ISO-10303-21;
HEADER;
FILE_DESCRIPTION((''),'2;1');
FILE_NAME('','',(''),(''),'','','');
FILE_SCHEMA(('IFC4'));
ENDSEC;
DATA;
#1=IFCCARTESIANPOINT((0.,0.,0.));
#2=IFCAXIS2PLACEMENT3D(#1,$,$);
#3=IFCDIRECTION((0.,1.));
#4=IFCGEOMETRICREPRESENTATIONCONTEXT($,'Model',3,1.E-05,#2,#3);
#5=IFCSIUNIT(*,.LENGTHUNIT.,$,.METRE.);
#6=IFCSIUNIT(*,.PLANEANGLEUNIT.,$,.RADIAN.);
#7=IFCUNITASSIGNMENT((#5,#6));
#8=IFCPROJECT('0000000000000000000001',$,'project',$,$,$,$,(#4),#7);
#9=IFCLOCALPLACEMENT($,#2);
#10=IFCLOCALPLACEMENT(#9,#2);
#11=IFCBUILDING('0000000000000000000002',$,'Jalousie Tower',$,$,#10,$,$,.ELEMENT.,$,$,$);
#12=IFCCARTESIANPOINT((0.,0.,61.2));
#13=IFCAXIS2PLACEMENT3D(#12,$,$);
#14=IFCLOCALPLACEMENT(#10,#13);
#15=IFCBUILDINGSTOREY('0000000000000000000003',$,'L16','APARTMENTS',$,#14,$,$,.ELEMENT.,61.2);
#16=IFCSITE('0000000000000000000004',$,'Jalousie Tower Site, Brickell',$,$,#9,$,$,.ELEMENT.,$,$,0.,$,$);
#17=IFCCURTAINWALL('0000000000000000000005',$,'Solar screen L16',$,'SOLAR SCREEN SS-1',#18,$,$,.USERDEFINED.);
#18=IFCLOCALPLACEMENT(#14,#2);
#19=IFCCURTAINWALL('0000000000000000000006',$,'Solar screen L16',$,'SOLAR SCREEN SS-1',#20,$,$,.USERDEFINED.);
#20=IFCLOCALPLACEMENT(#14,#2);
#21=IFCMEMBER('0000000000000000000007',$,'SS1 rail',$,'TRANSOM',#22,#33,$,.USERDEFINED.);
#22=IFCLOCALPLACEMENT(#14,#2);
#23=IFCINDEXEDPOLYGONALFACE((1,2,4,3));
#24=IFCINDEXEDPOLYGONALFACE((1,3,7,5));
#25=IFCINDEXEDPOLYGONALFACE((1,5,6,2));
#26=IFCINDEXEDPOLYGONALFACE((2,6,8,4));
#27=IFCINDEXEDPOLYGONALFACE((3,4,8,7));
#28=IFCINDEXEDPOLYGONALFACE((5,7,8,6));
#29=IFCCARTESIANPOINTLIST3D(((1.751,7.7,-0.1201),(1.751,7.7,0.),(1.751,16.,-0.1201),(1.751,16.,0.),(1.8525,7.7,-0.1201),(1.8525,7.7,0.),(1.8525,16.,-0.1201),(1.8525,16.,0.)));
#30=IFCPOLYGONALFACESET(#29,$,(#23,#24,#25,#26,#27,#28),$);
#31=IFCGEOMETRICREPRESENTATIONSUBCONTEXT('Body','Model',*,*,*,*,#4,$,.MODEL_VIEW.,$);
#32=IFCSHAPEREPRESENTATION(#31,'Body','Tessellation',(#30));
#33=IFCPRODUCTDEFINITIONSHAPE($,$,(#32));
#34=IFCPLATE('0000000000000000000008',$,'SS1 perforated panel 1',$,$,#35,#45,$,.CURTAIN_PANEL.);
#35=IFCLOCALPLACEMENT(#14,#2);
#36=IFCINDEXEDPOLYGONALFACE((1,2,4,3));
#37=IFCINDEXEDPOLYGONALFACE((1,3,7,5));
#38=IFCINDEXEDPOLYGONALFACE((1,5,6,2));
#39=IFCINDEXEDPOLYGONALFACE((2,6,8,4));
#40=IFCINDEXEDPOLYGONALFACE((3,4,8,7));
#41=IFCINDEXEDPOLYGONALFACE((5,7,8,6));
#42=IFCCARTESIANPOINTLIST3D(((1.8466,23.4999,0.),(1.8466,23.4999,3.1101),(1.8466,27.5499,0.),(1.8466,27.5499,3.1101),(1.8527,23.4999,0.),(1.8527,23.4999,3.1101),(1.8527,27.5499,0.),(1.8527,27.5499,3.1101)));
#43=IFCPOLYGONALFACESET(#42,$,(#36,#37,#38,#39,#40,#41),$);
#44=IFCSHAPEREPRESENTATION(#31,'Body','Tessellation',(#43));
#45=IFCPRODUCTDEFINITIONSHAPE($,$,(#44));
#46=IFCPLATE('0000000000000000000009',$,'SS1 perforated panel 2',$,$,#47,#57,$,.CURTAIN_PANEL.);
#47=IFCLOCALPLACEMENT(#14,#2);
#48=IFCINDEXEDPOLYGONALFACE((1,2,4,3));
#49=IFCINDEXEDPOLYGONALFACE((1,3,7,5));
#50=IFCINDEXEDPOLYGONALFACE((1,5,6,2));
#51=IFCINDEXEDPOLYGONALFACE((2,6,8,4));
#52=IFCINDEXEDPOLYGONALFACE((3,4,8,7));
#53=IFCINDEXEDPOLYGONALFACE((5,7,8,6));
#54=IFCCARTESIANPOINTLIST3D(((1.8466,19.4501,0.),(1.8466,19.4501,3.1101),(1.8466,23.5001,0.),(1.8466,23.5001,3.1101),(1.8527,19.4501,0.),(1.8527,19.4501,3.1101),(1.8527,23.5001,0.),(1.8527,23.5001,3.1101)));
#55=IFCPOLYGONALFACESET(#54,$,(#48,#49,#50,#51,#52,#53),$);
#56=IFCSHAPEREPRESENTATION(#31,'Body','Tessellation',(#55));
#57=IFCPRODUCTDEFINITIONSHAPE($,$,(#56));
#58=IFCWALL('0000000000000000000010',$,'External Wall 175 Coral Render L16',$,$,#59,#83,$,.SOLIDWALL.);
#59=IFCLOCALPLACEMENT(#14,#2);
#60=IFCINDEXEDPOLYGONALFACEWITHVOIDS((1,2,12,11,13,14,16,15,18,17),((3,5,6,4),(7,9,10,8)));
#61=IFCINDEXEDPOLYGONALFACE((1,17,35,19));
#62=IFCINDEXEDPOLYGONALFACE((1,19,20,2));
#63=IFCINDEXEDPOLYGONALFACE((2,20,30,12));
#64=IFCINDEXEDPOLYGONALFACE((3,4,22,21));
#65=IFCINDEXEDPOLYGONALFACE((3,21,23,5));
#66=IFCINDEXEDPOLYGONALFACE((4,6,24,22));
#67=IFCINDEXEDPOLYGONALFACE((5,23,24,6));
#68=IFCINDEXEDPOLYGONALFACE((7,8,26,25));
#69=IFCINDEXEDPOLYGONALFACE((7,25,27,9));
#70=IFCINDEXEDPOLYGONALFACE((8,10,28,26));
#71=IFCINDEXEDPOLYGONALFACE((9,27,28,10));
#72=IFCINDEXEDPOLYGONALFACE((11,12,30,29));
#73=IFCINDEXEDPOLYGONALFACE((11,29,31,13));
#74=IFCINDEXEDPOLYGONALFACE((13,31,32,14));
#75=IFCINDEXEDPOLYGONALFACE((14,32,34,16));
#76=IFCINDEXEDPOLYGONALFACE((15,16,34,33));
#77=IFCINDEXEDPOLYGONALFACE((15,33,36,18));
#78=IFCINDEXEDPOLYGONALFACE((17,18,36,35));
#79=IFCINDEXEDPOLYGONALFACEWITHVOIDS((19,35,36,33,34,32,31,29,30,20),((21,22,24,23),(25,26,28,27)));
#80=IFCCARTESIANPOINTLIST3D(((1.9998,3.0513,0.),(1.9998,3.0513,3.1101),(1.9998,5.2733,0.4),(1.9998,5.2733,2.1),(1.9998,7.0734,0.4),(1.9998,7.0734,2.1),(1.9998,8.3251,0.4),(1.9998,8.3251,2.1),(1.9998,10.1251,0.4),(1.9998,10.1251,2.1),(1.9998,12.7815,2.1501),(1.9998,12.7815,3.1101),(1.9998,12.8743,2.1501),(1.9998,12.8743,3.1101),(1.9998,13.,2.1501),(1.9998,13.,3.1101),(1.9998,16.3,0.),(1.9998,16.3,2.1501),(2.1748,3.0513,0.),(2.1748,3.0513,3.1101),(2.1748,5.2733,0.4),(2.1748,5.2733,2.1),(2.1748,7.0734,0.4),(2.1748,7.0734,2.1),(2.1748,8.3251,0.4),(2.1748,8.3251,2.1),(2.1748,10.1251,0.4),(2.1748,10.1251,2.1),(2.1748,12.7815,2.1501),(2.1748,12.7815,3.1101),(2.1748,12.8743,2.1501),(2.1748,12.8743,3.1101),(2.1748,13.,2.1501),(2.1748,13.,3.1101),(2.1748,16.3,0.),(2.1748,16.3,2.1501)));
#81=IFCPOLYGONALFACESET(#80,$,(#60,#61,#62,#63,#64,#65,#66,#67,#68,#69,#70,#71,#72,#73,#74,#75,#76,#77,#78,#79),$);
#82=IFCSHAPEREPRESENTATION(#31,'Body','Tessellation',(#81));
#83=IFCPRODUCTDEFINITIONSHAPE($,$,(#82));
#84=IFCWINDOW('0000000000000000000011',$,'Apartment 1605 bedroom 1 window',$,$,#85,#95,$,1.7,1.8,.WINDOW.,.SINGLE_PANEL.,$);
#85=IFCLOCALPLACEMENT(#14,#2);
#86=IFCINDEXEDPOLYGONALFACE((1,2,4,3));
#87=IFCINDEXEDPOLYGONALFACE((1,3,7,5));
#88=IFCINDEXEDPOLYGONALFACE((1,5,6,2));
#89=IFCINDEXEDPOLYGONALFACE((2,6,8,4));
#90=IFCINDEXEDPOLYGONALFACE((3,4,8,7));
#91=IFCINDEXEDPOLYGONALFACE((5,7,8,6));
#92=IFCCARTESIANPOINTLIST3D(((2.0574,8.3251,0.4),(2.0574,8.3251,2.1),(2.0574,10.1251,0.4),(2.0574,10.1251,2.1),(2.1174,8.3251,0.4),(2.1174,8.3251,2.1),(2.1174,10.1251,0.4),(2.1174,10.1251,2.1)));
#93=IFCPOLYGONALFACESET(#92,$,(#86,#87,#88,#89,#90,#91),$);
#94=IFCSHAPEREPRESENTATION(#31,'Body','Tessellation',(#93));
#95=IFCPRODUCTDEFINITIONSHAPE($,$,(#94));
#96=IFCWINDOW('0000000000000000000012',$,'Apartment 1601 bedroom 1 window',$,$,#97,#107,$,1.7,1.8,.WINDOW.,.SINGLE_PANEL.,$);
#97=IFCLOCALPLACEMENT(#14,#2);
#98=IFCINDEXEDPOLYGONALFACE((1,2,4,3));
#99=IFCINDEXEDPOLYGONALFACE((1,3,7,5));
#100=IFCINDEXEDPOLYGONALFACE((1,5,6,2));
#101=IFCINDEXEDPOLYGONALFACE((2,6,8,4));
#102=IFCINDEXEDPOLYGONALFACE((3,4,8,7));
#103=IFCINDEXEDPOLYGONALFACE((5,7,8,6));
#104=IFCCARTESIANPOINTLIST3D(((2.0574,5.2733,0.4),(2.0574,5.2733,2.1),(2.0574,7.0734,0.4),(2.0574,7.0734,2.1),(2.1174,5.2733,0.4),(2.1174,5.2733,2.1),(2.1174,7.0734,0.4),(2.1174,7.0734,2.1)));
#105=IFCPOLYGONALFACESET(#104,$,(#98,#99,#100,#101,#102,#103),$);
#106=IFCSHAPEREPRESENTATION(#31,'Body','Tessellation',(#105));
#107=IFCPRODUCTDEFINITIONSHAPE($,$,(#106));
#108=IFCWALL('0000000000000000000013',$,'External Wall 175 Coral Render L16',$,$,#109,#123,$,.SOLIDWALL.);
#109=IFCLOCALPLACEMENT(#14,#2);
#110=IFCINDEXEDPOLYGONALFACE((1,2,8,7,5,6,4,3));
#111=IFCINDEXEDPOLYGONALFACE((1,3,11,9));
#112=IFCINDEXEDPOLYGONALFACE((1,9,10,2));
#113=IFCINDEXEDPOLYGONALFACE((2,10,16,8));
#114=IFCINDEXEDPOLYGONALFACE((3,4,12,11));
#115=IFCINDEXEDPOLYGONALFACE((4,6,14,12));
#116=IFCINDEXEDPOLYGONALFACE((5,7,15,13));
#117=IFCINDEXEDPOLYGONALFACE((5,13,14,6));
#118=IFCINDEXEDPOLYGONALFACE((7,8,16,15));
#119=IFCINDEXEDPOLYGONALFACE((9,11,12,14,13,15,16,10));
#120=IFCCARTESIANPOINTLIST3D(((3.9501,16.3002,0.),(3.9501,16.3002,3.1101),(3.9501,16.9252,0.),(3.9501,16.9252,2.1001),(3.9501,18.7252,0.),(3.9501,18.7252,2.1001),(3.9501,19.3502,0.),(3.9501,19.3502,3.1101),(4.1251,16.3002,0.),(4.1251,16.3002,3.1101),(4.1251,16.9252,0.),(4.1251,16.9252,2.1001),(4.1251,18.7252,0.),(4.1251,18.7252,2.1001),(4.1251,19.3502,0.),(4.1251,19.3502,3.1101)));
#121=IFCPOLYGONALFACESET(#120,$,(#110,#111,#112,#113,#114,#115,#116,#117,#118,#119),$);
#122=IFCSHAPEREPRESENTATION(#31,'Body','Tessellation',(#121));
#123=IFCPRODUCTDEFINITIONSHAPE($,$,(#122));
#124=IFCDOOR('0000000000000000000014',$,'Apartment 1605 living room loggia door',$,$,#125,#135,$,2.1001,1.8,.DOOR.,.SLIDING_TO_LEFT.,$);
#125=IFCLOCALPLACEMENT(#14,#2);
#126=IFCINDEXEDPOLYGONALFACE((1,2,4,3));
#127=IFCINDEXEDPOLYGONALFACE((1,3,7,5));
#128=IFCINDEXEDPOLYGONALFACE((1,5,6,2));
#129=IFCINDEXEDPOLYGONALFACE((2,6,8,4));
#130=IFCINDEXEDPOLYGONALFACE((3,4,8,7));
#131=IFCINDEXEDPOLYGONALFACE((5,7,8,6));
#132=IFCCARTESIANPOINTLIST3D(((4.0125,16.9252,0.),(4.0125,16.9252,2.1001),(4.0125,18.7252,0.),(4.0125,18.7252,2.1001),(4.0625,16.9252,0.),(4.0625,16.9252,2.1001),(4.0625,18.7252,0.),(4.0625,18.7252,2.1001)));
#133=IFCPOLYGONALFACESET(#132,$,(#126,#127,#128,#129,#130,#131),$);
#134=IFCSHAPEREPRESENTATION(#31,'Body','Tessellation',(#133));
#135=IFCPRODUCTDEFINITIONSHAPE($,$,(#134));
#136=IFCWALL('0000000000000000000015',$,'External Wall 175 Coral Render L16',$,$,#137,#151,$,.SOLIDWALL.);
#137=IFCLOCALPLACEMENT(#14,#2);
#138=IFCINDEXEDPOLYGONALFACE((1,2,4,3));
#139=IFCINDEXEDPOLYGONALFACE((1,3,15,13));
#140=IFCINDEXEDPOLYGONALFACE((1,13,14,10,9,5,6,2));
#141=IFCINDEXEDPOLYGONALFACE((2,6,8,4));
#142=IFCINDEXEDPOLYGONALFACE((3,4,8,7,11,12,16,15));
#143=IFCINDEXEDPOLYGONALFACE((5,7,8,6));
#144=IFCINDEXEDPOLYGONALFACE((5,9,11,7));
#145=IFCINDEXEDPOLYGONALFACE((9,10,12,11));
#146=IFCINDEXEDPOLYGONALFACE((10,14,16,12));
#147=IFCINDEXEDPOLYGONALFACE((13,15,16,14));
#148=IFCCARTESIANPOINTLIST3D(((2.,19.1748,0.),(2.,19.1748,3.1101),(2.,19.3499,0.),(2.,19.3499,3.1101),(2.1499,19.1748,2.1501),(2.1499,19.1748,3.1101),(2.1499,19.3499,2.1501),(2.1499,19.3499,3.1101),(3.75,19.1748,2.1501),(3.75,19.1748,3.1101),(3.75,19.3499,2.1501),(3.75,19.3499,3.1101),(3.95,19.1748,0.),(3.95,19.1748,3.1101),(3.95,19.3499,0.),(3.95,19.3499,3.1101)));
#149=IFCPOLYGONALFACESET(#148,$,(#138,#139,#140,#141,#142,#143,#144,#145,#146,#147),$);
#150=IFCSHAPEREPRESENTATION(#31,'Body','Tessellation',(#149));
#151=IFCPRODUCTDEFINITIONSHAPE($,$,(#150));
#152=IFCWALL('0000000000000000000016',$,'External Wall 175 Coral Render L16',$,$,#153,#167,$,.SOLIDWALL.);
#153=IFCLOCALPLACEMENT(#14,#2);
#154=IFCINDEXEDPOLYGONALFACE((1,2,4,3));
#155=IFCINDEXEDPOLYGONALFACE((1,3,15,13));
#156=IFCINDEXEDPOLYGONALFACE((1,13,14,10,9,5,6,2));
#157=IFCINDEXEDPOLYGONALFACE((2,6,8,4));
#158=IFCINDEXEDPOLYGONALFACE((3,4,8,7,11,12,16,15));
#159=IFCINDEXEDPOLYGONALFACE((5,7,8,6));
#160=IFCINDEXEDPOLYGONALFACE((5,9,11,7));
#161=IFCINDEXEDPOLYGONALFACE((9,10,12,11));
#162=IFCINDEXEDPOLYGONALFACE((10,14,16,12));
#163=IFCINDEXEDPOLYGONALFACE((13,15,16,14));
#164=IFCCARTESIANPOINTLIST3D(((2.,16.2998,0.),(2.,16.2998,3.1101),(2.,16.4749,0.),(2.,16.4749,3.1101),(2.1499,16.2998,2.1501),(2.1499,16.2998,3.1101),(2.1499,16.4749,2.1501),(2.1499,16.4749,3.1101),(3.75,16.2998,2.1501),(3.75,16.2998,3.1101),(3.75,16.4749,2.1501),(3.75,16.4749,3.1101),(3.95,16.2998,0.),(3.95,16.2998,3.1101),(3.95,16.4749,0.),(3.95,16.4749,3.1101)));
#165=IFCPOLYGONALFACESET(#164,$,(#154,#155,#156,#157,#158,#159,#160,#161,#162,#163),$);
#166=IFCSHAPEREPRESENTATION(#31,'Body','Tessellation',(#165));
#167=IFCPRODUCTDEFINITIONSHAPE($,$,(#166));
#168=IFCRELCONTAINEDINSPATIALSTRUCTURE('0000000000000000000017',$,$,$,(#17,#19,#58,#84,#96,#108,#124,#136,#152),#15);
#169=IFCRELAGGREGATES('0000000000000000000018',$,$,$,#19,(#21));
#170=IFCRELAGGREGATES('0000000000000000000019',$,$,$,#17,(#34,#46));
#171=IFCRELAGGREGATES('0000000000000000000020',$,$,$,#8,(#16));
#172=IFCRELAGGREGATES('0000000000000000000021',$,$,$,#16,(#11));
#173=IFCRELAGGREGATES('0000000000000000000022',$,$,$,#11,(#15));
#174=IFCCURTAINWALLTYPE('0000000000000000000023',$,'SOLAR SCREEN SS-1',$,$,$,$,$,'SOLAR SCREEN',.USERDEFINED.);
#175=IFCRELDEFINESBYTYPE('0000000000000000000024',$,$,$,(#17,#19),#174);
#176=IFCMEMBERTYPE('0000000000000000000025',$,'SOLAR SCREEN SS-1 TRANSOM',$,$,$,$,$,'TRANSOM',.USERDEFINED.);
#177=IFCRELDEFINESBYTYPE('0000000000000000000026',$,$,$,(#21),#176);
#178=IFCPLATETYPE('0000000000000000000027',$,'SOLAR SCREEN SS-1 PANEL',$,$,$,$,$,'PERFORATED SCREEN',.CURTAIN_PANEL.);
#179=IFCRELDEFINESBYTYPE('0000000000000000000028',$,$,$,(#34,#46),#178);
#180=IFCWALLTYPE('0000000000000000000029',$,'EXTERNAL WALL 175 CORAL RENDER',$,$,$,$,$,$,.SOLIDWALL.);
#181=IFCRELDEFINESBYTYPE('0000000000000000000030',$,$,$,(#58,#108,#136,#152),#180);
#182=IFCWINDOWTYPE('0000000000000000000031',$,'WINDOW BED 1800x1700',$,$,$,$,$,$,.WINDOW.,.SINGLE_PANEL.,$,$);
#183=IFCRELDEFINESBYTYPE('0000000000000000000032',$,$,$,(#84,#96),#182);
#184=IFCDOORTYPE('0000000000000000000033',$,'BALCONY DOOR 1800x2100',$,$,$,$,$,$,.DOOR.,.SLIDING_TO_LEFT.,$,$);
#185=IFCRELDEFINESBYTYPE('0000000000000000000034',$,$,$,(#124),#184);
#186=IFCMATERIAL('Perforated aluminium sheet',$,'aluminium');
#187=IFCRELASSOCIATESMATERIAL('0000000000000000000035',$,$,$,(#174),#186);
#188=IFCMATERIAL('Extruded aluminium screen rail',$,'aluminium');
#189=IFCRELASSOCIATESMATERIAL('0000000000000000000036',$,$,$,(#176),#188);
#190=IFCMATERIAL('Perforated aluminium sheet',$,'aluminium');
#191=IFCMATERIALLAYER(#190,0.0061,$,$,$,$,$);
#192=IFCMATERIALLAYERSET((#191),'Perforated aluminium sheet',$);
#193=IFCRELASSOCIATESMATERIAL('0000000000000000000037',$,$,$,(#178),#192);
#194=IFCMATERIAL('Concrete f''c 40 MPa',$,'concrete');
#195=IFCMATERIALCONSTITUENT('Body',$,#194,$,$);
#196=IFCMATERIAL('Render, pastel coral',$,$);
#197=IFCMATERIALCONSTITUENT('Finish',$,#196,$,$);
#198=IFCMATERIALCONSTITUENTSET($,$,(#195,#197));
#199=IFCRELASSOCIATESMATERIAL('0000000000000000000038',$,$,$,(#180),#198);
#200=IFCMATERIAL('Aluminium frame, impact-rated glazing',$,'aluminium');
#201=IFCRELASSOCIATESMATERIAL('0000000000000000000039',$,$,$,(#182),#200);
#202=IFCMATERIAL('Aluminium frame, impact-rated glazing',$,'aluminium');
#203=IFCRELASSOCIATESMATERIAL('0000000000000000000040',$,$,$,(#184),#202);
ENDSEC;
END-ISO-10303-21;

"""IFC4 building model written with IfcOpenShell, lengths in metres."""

from ifc_helpers import new_model, si_unit, direction, frame, frame_2d, origin, origin_2d, place, context, subcontext, project, spatial, polyline, rectangle, outline, extrude, material, layer, layer_set, constituent, constituent_set, material_profile, profile_set, type_object, element, fill, aggregate, save


model = new_model("IFC4")

# Units and contexts
model_context = context("Model", 3, precision=1e-05, world=origin(), true_north=direction((0.0, 1.0)))
body_context = subcontext(model_context, "Body", "Model", "MODEL_VIEW")
ifc_project = project(units=[si_unit("LENGTHUNIT", "METRE"), si_unit("PLANEANGLEUNIT", "RADIAN")], contexts=[model_context])

# Site, building, storey
site_placement = place(None, origin())
site = spatial("IfcSite", under=ifc_project, at=site_placement, Name="Jalousie Tower Site, Brickell", CompositionType="ELEMENT", RefElevation=0.0)
building_placement = place(site_placement, origin())
building = spatial("IfcBuilding", under=site, at=building_placement, Name="Jalousie Tower", CompositionType="ELEMENT")
storey_placement = place(building_placement, frame((0.0, 0.0, 61.2)))
storey = spatial("IfcBuildingStorey", under=building, at=storey_placement, Name="L16", Description="APARTMENTS", CompositionType="ELEMENT", Elevation=61.2)

# Curtain wall
ifc_material_1 = material(Name="Perforated aluminium sheet", Category="aluminium")
curtain_wall_type = type_object("IfcCurtainWallType", Name="SOLAR SCREEN SS-1", ElementType="SOLAR SCREEN", PredefinedType="USERDEFINED", material=ifc_material_1)
curtain_wall_1_placement = place(storey_placement, origin())
curtain_wall_1 = element("IfcCurtainWall", 1, at=curtain_wall_1_placement, inside=storey, type_object=curtain_wall_type, Name="Solar screen L16", ObjectType="SOLAR SCREEN SS-1", PredefinedType="USERDEFINED")

# Curtain wall
curtain_wall_2_placement = place(storey_placement, origin())
curtain_wall_2 = element("IfcCurtainWall", 2, at=curtain_wall_2_placement, inside=storey, type_object=curtain_wall_type, Name="Solar screen L16", ObjectType="SOLAR SCREEN SS-1", PredefinedType="USERDEFINED")

# Member
ifc_material_2 = material(Name="Extruded aluminium screen rail", Category="aluminium")
ifc_material_profile_1 = material_profile(ifc_material_2, rectangle(XDim=0.1016, YDim=0.1201, at=origin_2d()), Name="RAIL 102x120")
ifc_profile_set_1 = profile_set([ifc_material_profile_1], Name="Extruded aluminium screen rail")
member_type_1 = type_object("IfcMemberType", Name="SOLAR SCREEN SS-1 TRANSOM", ElementType="TRANSOM", PredefinedType="USERDEFINED", material=ifc_profile_set_1)
member_1_placement = place(storey_placement, frame((1.8018, 16.0, -0.0601), z_axis=(0.0, -1.0, 0.0), x_axis=(1.0, 0.0, 0.0)))
member_1 = element("IfcMember", 3, at=member_1_placement, type_object=member_type_1, Name="SS1 rail", ObjectType="TRANSOM", PredefinedType="USERDEFINED", context=body_context, shape_type="SweptSolid", body=[
    extrude(rectangle(XDim=0.1016, YDim=0.1201, at=origin_2d()), origin(), (0.0, 0.0, 1.0), 8.3),
])
aggregate(curtain_wall_2, [member_1])

# Plates
ifc_material_3 = material(Name="Perforated aluminium sheet", Category="aluminium")
ifc_layer_1 = layer(ifc_material_3, 0.0061)
ifc_layer_set_1 = layer_set([ifc_layer_1], Name="Perforated aluminium sheet")
plate_type = type_object("IfcPlateType", Name="SOLAR SCREEN SS-1 PANEL", ElementType="PERFORATED SCREEN", PredefinedType="CURTAIN_PANEL", material=ifc_layer_set_1)
plate_1_placement = place(storey_placement, frame((1.8496, 25.5249, 0.0), z_axis=(0.0, 0.0, 1.0), x_axis=(0.0, -1.0, 0.0)))
plate_1 = element("IfcPlate", 4, at=plate_1_placement, type_object=plate_type, Name="SS1 perforated panel 1", PredefinedType="CURTAIN_PANEL", context=body_context, shape_type="SweptSolid", body=[
    extrude(rectangle(XDim=4.05, YDim=0.0061, at=origin_2d()), origin(), (0.0, 0.0, 1.0), 3.1101),
])
plate_2_placement = place(storey_placement, frame((1.8496, 21.4751, 0.0), z_axis=(0.0, 0.0, 1.0), x_axis=(0.0, -1.0, 0.0)))
plate_2 = element("IfcPlate", 5, at=plate_2_placement, type_object=plate_type, Name="SS1 perforated panel 2", PredefinedType="CURTAIN_PANEL", context=body_context, shape_type="SweptSolid", body=[
    extrude(rectangle(XDim=4.05, YDim=0.0061, at=origin_2d()), origin(), (0.0, 0.0, 1.0), 3.1101),
])
aggregate(curtain_wall_1, [plate_1, plate_2])

# Wall, openings, windows
ifc_material_4 = material(Name="Concrete f'c 40 MPa", Category="concrete")
ifc_constituent_1 = constituent(ifc_material_4, Name="Body")
ifc_material_5 = material(Name="Render, pastel coral")
ifc_constituent_2 = constituent(ifc_material_5, Name="Finish")
ifc_constituent_set_1 = constituent_set(constituents=[ifc_constituent_1, ifc_constituent_2])
wall_type_1 = type_object("IfcWallType", Name="EXTERNAL WALL 175 CORAL RENDER", PredefinedType="SOLIDWALL", material=ifc_constituent_set_1)
wall_1_placement = place(storey_placement, frame((2.0874, 16.3, 0.0), z_axis=(0.0, 0.0, 1.0), x_axis=(0.0, -1.0, 0.0)))
wall_1 = element("IfcWall", 6, at=wall_1_placement, inside=storey, type_object=wall_type_1, Name="External Wall 175 Coral Render L16", PredefinedType="SOLIDWALL", context=body_context, shape_type="SweptSolid", body=[
    extrude(outline(polyline([(0.0, 0.0), (13.2488, 0.0), (13.2488, 3.1101), (3.5186, 3.1101), (3.5186, 2.1501), (3.4258, 2.1501), (3.4258, 3.1101), (3.3, 3.1101), (3.3, 2.1501), (0.0, 2.1501), (0.0, 0.0)])), frame((0.0, 0.0874, 0.0), z_axis=(0.0, -1.0, 0.0), x_axis=(1.0, 0.0, 0.0)), (0.0, 0.0, 1.0), 0.175),
])
opening_1_placement = place(wall_1_placement, frame((6.175, 0.0, 0.3999)))
opening_1 = element("IfcOpeningElement", 7, at=opening_1_placement, cuts=wall_1, PredefinedType="OPENING", context=body_context, shape_type="SweptSolid", body=[
    extrude(rectangle(XDim=1.8, YDim=1.7, at=frame_2d((0.8999, 0.8501))), frame((0.0, 0.0974, 0.0), z_axis=(0.0, -1.0, 0.0), x_axis=(1.0, 0.0, 0.0)), (0.0, 0.0, 1.0), 0.1951),
])
opening_2_placement = place(wall_1_placement, frame((9.2268, 0.0, 0.3999)))
opening_2 = element("IfcOpeningElement", 8, at=opening_2_placement, cuts=wall_1, PredefinedType="OPENING", context=body_context, shape_type="SweptSolid", body=[
    extrude(rectangle(XDim=1.8, YDim=1.7, at=frame_2d((0.8999, 0.8501))), frame((0.0, 0.0974, 0.0), z_axis=(0.0, -1.0, 0.0), x_axis=(1.0, 0.0, 0.0)), (0.0, 0.0, 1.0), 0.1951),
])
ifc_material_6 = material(Name="Aluminium frame, impact-rated glazing", Category="aluminium")
window_type = type_object("IfcWindowType", Name="WINDOW BED 1800x1700", PartitioningType="SINGLE_PANEL", PredefinedType="WINDOW", material=ifc_material_6)
window_1_placement = place(opening_1_placement, origin())
window_1 = element("IfcWindow", 9, at=window_1_placement, inside=storey, type_object=window_type, Name="Apartment 1605 bedroom 1 window", OverallHeight=1.7, OverallWidth=1.8, PartitioningType="SINGLE_PANEL", PredefinedType="WINDOW", context=body_context, shape_type="SweptSolid", body=[
    extrude(rectangle(XDim=1.8, YDim=1.7, at=frame_2d((0.8999, 0.8501))), frame((0.0, 0.03, 0.0), z_axis=(0.0, -1.0, 0.0), x_axis=(1.0, 0.0, 0.0)), (0.0, 0.0, 1.0), 0.0601),
])
fill(opening_1, window_1)
window_2_placement = place(opening_2_placement, origin())
window_2 = element("IfcWindow", 10, at=window_2_placement, inside=storey, type_object=window_type, Name="Apartment 1601 bedroom 1 window", OverallHeight=1.7, OverallWidth=1.8, PartitioningType="SINGLE_PANEL", PredefinedType="WINDOW", context=body_context, shape_type="SweptSolid", body=[
    extrude(rectangle(XDim=1.8, YDim=1.7, at=frame_2d((0.8999, 0.8501))), frame((0.0, 0.03, 0.0), z_axis=(0.0, -1.0, 0.0), x_axis=(1.0, 0.0, 0.0)), (0.0, 0.0, 1.0), 0.0601),
])
fill(opening_2, window_2)

# Wall, opening, door
wall_2_placement = place(storey_placement, frame((4.0376, 19.3501, 0.0), z_axis=(0.0, 0.0, 1.0), x_axis=(0.0, -1.0, 0.0)))
wall_2 = element("IfcWall", 11, at=wall_2_placement, inside=storey, type_object=wall_type_1, Name="External Wall 175 Coral Render L16", PredefinedType="SOLIDWALL", context=body_context, shape_type="SweptSolid", body=[
    extrude(rectangle(XDim=3.05, YDim=0.175, at=frame_2d((1.5249, 0.0))), origin(), (0.0, 0.0, 1.0), 3.1101),
])
opening_3_placement = place(wall_2_placement, frame((0.625, 0.0, 0.0)))
opening_3 = element("IfcOpeningElement", 12, at=opening_3_placement, cuts=wall_2, PredefinedType="OPENING", context=body_context, shape_type="SweptSolid", body=[
    extrude(rectangle(XDim=1.8, YDim=2.1001, at=frame_2d((0.8999, 1.05))), frame((0.0, 0.0974, 0.0), z_axis=(0.0, -1.0, 0.0), x_axis=(1.0, 0.0, 0.0)), (0.0, 0.0, 1.0), 0.1951),
])
ifc_material_7 = material(Name="Aluminium frame, impact-rated glazing", Category="aluminium")
door_type_1 = type_object("IfcDoorType", Name="BALCONY DOOR 1800x2100", OperationType="SLIDING_TO_LEFT", PredefinedType="DOOR", material=ifc_material_7)
door_1_placement = place(opening_3_placement, origin())
door_1 = element("IfcDoor", 13, at=door_1_placement, inside=storey, type_object=door_type_1, Name="Apartment 1605 living room loggia door", OperationType="SLIDING_TO_LEFT", OverallHeight=2.1001, OverallWidth=1.8, PredefinedType="DOOR", context=body_context, shape_type="SweptSolid", body=[
    extrude(rectangle(XDim=1.8, YDim=2.1001, at=frame_2d((0.8999, 1.05))), frame((0.0, 0.0249, 0.0), z_axis=(0.0, -1.0, 0.0), x_axis=(1.0, 0.0, 0.0)), (0.0, 0.0, 1.0), 0.05),
])
fill(opening_3, door_1)

# Walls
for number, where, z_axis, x_axis, name in (
    (14, (2.0, 19.2625, 0.0), (0.0, 0.0, 1.0), (1.0, 0.0, 0.0), "External Wall 175 Coral Render L16"),
    (15, (2.0, 16.3875, 0.0), (0.0, 0.0, 1.0), (1.0, 0.0, 0.0), "External Wall 175 Coral Render L16"),
):
    element("IfcWall", number, at=place(storey_placement, frame(where, z_axis=z_axis, x_axis=x_axis)), inside=storey, type_object=wall_type_1, Name=name, PredefinedType="SOLIDWALL", context=body_context, shape_type="SweptSolid", body=[
        extrude(outline(polyline([(0.0, 0.0), (1.95, 0.0), (1.95, 3.1101), (1.75, 3.1101), (1.75, 2.1501), (0.1499, 2.1501), (0.1499, 3.1101), (0.0, 3.1101), (0.0, 0.0)])), frame((0.0, 0.0874, 0.0), z_axis=(0.0, -1.0, 0.0), x_axis=(1.0, 0.0, 0.0)), (0.0, 0.0, 1.0), 0.175),
    ])

save(model, "model.ifc")
